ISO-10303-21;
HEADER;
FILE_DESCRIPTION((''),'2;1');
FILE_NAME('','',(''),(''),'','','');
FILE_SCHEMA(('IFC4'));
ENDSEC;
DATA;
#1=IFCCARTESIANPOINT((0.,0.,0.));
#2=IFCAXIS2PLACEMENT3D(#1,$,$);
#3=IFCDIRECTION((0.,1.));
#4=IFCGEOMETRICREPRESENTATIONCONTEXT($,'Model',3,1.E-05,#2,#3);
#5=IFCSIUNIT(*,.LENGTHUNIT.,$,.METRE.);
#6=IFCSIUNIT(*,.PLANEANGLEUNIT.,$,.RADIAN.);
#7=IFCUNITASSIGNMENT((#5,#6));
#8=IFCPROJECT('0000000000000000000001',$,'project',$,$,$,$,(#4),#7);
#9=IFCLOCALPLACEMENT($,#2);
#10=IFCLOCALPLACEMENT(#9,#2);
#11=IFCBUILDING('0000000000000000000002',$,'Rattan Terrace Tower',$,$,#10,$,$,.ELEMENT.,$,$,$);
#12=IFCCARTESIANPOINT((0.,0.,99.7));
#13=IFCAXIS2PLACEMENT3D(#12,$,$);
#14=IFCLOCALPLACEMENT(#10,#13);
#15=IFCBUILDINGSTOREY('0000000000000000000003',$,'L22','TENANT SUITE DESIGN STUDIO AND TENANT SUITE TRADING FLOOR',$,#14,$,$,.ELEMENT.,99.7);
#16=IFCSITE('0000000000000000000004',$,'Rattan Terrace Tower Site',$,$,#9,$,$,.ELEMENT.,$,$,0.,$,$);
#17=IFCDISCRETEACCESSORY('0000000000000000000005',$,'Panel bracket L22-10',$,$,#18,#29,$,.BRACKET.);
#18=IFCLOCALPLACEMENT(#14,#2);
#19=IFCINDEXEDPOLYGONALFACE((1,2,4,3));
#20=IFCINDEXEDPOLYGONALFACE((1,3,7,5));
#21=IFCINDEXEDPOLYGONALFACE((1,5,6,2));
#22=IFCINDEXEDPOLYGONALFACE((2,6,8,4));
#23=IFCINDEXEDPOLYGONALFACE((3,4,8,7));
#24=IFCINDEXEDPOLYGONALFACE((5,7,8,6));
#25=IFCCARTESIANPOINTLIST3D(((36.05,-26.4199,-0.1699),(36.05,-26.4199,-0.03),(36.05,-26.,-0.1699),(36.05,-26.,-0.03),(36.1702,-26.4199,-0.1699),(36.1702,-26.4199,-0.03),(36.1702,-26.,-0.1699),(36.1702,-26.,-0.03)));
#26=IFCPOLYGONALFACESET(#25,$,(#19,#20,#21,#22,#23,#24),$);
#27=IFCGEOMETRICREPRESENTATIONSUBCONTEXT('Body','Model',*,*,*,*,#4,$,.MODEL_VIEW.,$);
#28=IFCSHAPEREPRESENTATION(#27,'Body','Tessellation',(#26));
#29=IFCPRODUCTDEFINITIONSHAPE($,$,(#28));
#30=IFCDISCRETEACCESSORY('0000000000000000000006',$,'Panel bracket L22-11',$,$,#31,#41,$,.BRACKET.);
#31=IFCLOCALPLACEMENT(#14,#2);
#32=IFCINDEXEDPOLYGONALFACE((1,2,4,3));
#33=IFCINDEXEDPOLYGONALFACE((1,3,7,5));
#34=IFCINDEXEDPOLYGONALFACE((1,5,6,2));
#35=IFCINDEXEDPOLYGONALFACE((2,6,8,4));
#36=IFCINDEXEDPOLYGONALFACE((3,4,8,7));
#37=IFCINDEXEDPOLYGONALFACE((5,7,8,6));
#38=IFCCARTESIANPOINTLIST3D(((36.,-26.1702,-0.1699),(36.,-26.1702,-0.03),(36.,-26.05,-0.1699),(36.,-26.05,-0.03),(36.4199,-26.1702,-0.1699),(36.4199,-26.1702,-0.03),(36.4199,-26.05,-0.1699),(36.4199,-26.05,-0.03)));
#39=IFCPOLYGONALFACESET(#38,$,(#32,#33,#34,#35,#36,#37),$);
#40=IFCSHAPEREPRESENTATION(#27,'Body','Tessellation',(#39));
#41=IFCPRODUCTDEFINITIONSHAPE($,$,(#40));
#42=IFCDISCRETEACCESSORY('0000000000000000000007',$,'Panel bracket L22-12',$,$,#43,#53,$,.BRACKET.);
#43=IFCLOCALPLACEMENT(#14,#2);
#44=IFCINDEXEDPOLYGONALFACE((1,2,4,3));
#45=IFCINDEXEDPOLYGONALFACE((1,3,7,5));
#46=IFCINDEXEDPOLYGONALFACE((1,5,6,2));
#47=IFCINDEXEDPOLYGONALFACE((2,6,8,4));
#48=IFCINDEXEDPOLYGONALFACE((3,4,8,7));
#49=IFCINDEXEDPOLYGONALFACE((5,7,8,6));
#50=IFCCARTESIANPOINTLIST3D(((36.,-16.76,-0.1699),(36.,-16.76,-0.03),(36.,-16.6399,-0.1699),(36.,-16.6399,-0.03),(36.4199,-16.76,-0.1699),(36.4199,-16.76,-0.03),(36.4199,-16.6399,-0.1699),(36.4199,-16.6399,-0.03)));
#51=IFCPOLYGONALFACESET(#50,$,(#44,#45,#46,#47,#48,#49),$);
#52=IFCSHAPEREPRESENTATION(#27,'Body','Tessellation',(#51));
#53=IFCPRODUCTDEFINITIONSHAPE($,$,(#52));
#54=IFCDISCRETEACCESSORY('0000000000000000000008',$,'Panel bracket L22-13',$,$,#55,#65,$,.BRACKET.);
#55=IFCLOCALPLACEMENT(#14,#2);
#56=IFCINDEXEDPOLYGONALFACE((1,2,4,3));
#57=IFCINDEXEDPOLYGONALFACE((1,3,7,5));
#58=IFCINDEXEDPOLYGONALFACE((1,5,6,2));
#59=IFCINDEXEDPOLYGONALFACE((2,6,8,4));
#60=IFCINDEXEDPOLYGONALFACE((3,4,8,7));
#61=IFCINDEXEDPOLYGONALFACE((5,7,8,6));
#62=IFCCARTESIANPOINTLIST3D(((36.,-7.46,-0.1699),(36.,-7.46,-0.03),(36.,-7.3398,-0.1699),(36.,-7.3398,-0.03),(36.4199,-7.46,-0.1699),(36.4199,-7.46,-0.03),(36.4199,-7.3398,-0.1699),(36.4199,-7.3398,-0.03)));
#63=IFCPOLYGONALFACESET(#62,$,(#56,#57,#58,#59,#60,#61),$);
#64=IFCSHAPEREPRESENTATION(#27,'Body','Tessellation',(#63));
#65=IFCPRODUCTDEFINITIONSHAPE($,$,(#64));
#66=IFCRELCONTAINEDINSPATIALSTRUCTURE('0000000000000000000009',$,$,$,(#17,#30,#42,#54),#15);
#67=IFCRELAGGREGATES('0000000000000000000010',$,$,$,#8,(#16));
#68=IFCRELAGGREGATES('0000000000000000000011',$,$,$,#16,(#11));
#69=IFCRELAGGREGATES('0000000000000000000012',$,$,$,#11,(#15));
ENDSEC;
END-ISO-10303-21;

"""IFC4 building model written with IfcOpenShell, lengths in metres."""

from ifc_helpers import new_model, si_unit, direction, frame, origin, origin_2d, place, context, subcontext, project, spatial, rectangle, extrude, element, save


model = new_model("IFC4")

# Units and contexts
model_context = context("Model", 3, precision=1e-05, world=origin(), true_north=direction((0.0, 1.0)))
body_context = subcontext(model_context, "Body", "Model", "MODEL_VIEW")
ifc_project = project(units=[si_unit("LENGTHUNIT", "METRE"), si_unit("PLANEANGLEUNIT", "RADIAN")], contexts=[model_context])

# Site, building, storey
site_placement = place(None, origin())
site = spatial("IfcSite", under=ifc_project, at=site_placement, Name="Rattan Terrace Tower Site", CompositionType="ELEMENT", RefElevation=0.0)
building_placement = place(site_placement, origin())
building = spatial("IfcBuilding", under=site, at=building_placement, Name="Rattan Terrace Tower", CompositionType="ELEMENT")
storey_placement = place(building_placement, frame((0.0, 0.0, 99.7)))
storey = spatial("IfcBuildingStorey", under=building, at=storey_placement, Name="L22", Description="TENANT SUITE DESIGN STUDIO AND TENANT SUITE TRADING FLOOR", CompositionType="ELEMENT", Elevation=99.7)

# Discrete accessories
for number, where, z_axis, x_axis, name in (
    (1, (36.1101, -26.21, -0.1699), (0.0, 0.0, 1.0), (1.0, 0.0, 0.0), "Panel bracket L22-10"),
    (2, (36.21, -26.1101, -0.1699), (0.0, 0.0, 1.0), (0.0, 1.0, 0.0), "Panel bracket L22-11"),
    (3, (36.21, -16.7, -0.1699), (0.0, 0.0, 1.0), (0.0, 1.0, 0.0), "Panel bracket L22-12"),
    (4, (36.21, -7.3999, -0.1699), (0.0, 0.0, 1.0), (0.0, 1.0, 0.0), "Panel bracket L22-13"),
):
    element("IfcDiscreteAccessory", number, at=place(storey_placement, frame(where, z_axis=z_axis, x_axis=x_axis)), inside=storey, Name=name, PredefinedType="BRACKET", context=body_context, shape_type="SweptSolid", body=[
        extrude(rectangle(XDim=0.1201, YDim=0.4199, at=origin_2d()), origin(), (0.0, 0.0, 1.0), 0.1399),
    ])

save(model, "model.ifc")
